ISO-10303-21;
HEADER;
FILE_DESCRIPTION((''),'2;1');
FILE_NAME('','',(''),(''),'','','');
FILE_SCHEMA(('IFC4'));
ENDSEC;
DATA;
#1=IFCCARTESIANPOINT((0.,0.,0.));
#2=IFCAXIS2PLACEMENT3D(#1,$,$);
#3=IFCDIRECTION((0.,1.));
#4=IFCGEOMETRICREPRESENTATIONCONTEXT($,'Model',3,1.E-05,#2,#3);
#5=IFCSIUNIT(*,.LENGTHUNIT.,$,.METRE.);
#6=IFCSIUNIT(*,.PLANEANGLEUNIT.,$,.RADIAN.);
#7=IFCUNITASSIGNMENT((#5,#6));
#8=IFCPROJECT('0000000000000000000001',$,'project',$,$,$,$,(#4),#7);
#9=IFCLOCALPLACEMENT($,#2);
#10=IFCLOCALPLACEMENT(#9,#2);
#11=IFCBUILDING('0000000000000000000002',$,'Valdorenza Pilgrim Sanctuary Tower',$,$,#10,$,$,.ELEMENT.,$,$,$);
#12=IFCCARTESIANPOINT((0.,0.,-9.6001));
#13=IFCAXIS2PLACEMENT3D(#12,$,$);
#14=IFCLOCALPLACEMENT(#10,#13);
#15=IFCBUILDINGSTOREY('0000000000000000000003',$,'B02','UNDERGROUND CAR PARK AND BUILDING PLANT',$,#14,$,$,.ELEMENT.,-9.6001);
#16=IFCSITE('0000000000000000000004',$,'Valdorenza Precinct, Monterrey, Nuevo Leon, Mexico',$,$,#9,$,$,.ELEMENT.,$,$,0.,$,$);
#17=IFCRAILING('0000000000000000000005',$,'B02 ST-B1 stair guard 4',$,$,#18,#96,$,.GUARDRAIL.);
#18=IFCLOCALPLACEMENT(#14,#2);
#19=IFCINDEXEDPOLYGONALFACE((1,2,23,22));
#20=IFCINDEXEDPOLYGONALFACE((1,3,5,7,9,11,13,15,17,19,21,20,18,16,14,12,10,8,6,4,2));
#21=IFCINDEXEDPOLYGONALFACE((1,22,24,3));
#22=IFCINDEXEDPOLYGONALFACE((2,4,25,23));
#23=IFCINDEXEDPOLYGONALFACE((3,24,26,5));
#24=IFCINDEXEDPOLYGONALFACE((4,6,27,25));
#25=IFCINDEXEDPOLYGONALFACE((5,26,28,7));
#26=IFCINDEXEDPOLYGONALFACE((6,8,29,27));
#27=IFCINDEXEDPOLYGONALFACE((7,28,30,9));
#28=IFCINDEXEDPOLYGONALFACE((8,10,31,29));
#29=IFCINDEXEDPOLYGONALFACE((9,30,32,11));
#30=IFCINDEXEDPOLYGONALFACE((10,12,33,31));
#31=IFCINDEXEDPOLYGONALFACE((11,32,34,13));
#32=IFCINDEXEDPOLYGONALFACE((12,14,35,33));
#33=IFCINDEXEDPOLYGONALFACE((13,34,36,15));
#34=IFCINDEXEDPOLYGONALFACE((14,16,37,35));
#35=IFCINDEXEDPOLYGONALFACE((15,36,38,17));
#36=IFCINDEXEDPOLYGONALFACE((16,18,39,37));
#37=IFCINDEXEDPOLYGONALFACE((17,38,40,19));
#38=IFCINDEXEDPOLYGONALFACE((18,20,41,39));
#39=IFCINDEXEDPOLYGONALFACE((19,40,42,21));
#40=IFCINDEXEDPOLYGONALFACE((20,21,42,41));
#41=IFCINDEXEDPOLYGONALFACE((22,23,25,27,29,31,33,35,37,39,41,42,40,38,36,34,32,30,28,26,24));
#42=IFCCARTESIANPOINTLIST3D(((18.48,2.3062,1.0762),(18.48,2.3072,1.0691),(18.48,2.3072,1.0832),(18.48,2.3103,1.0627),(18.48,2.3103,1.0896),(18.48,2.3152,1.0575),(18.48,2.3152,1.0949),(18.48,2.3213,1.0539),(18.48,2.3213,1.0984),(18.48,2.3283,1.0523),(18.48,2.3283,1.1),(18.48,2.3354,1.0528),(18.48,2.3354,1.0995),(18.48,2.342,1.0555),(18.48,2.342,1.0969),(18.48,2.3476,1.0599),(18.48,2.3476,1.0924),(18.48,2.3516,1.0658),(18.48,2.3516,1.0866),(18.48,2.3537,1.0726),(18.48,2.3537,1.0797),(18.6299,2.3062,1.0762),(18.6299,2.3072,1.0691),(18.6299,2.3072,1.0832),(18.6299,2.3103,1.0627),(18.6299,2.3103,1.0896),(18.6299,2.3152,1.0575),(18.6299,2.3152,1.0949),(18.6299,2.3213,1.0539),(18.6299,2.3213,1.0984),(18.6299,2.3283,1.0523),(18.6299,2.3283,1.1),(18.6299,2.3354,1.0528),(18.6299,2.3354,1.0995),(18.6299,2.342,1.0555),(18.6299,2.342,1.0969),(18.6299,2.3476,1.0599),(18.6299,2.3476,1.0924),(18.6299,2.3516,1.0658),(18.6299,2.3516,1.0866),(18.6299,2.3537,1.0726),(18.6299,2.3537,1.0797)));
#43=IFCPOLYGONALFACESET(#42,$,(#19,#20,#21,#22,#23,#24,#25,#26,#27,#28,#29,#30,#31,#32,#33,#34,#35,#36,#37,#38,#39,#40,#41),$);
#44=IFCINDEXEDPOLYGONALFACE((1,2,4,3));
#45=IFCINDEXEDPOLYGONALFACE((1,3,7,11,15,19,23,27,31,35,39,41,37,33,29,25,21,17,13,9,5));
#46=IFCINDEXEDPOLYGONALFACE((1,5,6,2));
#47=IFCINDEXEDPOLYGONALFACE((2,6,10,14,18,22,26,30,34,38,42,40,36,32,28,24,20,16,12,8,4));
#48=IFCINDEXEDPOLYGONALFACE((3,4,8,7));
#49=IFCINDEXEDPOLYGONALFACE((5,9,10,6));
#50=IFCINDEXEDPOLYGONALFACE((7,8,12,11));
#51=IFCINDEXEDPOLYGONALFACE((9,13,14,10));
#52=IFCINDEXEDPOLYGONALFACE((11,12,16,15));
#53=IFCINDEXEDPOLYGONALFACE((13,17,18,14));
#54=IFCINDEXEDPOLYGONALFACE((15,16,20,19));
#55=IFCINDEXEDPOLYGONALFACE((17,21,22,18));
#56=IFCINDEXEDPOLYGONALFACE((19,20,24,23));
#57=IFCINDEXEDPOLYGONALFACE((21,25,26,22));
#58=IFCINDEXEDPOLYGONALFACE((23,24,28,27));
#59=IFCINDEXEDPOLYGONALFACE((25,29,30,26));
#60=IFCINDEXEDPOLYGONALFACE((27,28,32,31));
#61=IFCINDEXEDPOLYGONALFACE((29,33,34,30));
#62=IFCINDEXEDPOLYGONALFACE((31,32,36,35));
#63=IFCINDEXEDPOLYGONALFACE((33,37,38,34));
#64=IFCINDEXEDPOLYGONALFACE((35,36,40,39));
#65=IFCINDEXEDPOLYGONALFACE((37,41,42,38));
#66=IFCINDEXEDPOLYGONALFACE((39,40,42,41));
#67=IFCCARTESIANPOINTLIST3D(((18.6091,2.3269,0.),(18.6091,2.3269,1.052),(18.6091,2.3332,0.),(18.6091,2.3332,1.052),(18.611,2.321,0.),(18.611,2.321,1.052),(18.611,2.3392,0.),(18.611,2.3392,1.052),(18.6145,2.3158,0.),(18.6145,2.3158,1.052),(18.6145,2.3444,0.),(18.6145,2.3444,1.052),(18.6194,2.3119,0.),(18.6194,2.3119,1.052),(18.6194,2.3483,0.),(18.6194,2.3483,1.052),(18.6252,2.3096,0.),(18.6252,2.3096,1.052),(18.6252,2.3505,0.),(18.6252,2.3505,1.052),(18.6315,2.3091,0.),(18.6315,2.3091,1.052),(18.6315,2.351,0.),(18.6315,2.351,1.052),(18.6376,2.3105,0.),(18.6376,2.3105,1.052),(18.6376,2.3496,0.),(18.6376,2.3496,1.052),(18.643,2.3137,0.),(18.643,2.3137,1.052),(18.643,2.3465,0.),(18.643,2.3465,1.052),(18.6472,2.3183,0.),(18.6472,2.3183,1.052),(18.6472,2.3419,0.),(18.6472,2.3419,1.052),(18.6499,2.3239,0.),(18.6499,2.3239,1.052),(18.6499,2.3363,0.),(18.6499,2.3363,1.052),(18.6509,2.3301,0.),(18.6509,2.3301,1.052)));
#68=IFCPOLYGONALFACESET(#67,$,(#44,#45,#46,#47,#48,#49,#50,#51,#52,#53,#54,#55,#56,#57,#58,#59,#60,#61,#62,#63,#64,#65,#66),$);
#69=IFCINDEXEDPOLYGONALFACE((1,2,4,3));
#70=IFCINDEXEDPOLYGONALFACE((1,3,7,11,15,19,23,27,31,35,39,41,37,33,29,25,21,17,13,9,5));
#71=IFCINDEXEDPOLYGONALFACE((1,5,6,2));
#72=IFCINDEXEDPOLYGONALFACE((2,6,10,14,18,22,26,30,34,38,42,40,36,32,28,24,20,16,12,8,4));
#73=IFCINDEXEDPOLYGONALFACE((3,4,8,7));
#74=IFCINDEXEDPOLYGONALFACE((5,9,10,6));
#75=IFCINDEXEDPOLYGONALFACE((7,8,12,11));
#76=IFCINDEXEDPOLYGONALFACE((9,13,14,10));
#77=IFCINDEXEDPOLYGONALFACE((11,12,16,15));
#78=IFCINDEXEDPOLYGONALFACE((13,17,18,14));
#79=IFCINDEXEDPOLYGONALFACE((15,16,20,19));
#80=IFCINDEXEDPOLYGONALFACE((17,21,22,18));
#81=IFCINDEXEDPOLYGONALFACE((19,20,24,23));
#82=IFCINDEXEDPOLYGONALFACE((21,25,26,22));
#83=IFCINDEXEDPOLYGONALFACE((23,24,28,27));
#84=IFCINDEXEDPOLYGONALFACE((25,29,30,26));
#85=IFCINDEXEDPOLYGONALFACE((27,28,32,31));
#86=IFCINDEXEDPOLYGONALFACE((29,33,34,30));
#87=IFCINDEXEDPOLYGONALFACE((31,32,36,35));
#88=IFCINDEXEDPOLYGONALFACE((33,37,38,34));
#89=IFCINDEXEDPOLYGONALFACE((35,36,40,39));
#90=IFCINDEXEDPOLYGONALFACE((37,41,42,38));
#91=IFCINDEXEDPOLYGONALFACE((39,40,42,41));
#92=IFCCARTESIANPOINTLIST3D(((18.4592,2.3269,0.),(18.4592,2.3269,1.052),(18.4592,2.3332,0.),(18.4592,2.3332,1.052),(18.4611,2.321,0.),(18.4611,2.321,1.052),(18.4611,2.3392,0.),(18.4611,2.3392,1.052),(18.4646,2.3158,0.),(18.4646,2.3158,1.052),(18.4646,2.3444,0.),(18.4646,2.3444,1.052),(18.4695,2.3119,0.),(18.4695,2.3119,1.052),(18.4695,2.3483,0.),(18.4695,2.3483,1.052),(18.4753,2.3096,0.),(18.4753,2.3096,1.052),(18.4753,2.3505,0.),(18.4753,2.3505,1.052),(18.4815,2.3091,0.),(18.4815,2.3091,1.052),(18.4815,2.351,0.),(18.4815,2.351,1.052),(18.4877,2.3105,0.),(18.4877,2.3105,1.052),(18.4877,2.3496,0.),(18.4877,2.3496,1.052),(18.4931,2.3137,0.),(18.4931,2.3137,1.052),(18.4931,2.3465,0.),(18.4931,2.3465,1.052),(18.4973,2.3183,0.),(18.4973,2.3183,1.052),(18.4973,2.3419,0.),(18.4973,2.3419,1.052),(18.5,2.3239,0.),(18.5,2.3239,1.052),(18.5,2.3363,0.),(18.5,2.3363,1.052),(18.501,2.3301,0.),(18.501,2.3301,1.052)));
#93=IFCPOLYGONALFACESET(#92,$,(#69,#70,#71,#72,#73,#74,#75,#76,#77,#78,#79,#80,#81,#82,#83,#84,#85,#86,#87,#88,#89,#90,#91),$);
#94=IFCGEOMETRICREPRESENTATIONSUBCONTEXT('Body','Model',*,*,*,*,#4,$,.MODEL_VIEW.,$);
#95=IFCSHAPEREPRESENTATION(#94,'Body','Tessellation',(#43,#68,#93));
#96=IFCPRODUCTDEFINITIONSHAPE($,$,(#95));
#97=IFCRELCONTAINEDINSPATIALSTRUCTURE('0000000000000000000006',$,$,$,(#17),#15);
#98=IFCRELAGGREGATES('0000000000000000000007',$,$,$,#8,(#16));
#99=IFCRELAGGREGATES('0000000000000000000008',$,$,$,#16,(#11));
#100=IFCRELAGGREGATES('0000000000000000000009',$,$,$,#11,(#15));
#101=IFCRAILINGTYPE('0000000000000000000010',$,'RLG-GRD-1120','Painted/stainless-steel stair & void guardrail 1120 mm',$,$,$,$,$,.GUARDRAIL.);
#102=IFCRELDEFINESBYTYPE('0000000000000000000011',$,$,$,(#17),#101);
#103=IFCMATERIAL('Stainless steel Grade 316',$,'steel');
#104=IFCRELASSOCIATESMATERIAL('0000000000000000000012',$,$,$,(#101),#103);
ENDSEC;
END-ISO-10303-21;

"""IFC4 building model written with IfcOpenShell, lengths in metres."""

from ifc_helpers import new_model, si_unit, direction, frame, origin, origin_2d, place, context, subcontext, project, spatial, circle, extrude, material, type_object, element, save


model = new_model("IFC4")

# Units and contexts
model_context = context("Model", 3, precision=1e-05, world=origin(), true_north=direction((0.0, 1.0)))
body_context = subcontext(model_context, "Body", "Model", "MODEL_VIEW")
ifc_project = project(units=[si_unit("LENGTHUNIT", "METRE"), si_unit("PLANEANGLEUNIT", "RADIAN")], contexts=[model_context])

# Site, building, storey
site_placement = place(None, origin())
site = spatial("IfcSite", under=ifc_project, at=site_placement, Name="Valdorenza Precinct, Monterrey, Nuevo Leon, Mexico", CompositionType="ELEMENT", RefElevation=0.0)
building_placement = place(site_placement, origin())
building = spatial("IfcBuilding", under=site, at=building_placement, Name="Valdorenza Pilgrim Sanctuary Tower", CompositionType="ELEMENT")
storey_placement = place(building_placement, frame((0.0, 0.0, -9.6001)))
storey = spatial("IfcBuildingStorey", under=building, at=storey_placement, Name="B02", Description="UNDERGROUND CAR PARK AND BUILDING PLANT", CompositionType="ELEMENT", Elevation=-9.6001)

# Railing
ifc_material_1 = material(Name="Stainless steel Grade 316", Category="steel")
railing_type_1 = type_object("IfcRailingType", Name="RLG-GRD-1120", Description="Painted/stainless-steel stair & void guardrail 1120 mm", PredefinedType="GUARDRAIL", material=ifc_material_1)
railing_1_placement = place(storey_placement, frame((18.6299, 2.3301, 0.0)))
element("IfcRailing", 1, at=railing_1_placement, inside=storey, type_object=railing_type_1, Name="B02 ST-B1 stair guard 4", PredefinedType="GUARDRAIL", context=body_context, shape_type="SweptSolid", body=[
    extrude(circle(Radius=0.0239, at=origin_2d()), frame((0.0, 0.0, 1.0762), z_axis=(-1.0, 0.0, 0.0), x_axis=(0.0, -1.0, 0.0)), (0.0, 0.0, 1.0), 0.1499),
    extrude(circle(Radius=0.021, at=origin_2d()), origin(), (0.0, 0.0, 1.0), 1.052),
    extrude(circle(Radius=0.021, at=origin_2d()), frame((-0.1499, 0.0, 0.0)), (0.0, 0.0, 1.0), 1.052),
])

save(model, "model.ifc")
